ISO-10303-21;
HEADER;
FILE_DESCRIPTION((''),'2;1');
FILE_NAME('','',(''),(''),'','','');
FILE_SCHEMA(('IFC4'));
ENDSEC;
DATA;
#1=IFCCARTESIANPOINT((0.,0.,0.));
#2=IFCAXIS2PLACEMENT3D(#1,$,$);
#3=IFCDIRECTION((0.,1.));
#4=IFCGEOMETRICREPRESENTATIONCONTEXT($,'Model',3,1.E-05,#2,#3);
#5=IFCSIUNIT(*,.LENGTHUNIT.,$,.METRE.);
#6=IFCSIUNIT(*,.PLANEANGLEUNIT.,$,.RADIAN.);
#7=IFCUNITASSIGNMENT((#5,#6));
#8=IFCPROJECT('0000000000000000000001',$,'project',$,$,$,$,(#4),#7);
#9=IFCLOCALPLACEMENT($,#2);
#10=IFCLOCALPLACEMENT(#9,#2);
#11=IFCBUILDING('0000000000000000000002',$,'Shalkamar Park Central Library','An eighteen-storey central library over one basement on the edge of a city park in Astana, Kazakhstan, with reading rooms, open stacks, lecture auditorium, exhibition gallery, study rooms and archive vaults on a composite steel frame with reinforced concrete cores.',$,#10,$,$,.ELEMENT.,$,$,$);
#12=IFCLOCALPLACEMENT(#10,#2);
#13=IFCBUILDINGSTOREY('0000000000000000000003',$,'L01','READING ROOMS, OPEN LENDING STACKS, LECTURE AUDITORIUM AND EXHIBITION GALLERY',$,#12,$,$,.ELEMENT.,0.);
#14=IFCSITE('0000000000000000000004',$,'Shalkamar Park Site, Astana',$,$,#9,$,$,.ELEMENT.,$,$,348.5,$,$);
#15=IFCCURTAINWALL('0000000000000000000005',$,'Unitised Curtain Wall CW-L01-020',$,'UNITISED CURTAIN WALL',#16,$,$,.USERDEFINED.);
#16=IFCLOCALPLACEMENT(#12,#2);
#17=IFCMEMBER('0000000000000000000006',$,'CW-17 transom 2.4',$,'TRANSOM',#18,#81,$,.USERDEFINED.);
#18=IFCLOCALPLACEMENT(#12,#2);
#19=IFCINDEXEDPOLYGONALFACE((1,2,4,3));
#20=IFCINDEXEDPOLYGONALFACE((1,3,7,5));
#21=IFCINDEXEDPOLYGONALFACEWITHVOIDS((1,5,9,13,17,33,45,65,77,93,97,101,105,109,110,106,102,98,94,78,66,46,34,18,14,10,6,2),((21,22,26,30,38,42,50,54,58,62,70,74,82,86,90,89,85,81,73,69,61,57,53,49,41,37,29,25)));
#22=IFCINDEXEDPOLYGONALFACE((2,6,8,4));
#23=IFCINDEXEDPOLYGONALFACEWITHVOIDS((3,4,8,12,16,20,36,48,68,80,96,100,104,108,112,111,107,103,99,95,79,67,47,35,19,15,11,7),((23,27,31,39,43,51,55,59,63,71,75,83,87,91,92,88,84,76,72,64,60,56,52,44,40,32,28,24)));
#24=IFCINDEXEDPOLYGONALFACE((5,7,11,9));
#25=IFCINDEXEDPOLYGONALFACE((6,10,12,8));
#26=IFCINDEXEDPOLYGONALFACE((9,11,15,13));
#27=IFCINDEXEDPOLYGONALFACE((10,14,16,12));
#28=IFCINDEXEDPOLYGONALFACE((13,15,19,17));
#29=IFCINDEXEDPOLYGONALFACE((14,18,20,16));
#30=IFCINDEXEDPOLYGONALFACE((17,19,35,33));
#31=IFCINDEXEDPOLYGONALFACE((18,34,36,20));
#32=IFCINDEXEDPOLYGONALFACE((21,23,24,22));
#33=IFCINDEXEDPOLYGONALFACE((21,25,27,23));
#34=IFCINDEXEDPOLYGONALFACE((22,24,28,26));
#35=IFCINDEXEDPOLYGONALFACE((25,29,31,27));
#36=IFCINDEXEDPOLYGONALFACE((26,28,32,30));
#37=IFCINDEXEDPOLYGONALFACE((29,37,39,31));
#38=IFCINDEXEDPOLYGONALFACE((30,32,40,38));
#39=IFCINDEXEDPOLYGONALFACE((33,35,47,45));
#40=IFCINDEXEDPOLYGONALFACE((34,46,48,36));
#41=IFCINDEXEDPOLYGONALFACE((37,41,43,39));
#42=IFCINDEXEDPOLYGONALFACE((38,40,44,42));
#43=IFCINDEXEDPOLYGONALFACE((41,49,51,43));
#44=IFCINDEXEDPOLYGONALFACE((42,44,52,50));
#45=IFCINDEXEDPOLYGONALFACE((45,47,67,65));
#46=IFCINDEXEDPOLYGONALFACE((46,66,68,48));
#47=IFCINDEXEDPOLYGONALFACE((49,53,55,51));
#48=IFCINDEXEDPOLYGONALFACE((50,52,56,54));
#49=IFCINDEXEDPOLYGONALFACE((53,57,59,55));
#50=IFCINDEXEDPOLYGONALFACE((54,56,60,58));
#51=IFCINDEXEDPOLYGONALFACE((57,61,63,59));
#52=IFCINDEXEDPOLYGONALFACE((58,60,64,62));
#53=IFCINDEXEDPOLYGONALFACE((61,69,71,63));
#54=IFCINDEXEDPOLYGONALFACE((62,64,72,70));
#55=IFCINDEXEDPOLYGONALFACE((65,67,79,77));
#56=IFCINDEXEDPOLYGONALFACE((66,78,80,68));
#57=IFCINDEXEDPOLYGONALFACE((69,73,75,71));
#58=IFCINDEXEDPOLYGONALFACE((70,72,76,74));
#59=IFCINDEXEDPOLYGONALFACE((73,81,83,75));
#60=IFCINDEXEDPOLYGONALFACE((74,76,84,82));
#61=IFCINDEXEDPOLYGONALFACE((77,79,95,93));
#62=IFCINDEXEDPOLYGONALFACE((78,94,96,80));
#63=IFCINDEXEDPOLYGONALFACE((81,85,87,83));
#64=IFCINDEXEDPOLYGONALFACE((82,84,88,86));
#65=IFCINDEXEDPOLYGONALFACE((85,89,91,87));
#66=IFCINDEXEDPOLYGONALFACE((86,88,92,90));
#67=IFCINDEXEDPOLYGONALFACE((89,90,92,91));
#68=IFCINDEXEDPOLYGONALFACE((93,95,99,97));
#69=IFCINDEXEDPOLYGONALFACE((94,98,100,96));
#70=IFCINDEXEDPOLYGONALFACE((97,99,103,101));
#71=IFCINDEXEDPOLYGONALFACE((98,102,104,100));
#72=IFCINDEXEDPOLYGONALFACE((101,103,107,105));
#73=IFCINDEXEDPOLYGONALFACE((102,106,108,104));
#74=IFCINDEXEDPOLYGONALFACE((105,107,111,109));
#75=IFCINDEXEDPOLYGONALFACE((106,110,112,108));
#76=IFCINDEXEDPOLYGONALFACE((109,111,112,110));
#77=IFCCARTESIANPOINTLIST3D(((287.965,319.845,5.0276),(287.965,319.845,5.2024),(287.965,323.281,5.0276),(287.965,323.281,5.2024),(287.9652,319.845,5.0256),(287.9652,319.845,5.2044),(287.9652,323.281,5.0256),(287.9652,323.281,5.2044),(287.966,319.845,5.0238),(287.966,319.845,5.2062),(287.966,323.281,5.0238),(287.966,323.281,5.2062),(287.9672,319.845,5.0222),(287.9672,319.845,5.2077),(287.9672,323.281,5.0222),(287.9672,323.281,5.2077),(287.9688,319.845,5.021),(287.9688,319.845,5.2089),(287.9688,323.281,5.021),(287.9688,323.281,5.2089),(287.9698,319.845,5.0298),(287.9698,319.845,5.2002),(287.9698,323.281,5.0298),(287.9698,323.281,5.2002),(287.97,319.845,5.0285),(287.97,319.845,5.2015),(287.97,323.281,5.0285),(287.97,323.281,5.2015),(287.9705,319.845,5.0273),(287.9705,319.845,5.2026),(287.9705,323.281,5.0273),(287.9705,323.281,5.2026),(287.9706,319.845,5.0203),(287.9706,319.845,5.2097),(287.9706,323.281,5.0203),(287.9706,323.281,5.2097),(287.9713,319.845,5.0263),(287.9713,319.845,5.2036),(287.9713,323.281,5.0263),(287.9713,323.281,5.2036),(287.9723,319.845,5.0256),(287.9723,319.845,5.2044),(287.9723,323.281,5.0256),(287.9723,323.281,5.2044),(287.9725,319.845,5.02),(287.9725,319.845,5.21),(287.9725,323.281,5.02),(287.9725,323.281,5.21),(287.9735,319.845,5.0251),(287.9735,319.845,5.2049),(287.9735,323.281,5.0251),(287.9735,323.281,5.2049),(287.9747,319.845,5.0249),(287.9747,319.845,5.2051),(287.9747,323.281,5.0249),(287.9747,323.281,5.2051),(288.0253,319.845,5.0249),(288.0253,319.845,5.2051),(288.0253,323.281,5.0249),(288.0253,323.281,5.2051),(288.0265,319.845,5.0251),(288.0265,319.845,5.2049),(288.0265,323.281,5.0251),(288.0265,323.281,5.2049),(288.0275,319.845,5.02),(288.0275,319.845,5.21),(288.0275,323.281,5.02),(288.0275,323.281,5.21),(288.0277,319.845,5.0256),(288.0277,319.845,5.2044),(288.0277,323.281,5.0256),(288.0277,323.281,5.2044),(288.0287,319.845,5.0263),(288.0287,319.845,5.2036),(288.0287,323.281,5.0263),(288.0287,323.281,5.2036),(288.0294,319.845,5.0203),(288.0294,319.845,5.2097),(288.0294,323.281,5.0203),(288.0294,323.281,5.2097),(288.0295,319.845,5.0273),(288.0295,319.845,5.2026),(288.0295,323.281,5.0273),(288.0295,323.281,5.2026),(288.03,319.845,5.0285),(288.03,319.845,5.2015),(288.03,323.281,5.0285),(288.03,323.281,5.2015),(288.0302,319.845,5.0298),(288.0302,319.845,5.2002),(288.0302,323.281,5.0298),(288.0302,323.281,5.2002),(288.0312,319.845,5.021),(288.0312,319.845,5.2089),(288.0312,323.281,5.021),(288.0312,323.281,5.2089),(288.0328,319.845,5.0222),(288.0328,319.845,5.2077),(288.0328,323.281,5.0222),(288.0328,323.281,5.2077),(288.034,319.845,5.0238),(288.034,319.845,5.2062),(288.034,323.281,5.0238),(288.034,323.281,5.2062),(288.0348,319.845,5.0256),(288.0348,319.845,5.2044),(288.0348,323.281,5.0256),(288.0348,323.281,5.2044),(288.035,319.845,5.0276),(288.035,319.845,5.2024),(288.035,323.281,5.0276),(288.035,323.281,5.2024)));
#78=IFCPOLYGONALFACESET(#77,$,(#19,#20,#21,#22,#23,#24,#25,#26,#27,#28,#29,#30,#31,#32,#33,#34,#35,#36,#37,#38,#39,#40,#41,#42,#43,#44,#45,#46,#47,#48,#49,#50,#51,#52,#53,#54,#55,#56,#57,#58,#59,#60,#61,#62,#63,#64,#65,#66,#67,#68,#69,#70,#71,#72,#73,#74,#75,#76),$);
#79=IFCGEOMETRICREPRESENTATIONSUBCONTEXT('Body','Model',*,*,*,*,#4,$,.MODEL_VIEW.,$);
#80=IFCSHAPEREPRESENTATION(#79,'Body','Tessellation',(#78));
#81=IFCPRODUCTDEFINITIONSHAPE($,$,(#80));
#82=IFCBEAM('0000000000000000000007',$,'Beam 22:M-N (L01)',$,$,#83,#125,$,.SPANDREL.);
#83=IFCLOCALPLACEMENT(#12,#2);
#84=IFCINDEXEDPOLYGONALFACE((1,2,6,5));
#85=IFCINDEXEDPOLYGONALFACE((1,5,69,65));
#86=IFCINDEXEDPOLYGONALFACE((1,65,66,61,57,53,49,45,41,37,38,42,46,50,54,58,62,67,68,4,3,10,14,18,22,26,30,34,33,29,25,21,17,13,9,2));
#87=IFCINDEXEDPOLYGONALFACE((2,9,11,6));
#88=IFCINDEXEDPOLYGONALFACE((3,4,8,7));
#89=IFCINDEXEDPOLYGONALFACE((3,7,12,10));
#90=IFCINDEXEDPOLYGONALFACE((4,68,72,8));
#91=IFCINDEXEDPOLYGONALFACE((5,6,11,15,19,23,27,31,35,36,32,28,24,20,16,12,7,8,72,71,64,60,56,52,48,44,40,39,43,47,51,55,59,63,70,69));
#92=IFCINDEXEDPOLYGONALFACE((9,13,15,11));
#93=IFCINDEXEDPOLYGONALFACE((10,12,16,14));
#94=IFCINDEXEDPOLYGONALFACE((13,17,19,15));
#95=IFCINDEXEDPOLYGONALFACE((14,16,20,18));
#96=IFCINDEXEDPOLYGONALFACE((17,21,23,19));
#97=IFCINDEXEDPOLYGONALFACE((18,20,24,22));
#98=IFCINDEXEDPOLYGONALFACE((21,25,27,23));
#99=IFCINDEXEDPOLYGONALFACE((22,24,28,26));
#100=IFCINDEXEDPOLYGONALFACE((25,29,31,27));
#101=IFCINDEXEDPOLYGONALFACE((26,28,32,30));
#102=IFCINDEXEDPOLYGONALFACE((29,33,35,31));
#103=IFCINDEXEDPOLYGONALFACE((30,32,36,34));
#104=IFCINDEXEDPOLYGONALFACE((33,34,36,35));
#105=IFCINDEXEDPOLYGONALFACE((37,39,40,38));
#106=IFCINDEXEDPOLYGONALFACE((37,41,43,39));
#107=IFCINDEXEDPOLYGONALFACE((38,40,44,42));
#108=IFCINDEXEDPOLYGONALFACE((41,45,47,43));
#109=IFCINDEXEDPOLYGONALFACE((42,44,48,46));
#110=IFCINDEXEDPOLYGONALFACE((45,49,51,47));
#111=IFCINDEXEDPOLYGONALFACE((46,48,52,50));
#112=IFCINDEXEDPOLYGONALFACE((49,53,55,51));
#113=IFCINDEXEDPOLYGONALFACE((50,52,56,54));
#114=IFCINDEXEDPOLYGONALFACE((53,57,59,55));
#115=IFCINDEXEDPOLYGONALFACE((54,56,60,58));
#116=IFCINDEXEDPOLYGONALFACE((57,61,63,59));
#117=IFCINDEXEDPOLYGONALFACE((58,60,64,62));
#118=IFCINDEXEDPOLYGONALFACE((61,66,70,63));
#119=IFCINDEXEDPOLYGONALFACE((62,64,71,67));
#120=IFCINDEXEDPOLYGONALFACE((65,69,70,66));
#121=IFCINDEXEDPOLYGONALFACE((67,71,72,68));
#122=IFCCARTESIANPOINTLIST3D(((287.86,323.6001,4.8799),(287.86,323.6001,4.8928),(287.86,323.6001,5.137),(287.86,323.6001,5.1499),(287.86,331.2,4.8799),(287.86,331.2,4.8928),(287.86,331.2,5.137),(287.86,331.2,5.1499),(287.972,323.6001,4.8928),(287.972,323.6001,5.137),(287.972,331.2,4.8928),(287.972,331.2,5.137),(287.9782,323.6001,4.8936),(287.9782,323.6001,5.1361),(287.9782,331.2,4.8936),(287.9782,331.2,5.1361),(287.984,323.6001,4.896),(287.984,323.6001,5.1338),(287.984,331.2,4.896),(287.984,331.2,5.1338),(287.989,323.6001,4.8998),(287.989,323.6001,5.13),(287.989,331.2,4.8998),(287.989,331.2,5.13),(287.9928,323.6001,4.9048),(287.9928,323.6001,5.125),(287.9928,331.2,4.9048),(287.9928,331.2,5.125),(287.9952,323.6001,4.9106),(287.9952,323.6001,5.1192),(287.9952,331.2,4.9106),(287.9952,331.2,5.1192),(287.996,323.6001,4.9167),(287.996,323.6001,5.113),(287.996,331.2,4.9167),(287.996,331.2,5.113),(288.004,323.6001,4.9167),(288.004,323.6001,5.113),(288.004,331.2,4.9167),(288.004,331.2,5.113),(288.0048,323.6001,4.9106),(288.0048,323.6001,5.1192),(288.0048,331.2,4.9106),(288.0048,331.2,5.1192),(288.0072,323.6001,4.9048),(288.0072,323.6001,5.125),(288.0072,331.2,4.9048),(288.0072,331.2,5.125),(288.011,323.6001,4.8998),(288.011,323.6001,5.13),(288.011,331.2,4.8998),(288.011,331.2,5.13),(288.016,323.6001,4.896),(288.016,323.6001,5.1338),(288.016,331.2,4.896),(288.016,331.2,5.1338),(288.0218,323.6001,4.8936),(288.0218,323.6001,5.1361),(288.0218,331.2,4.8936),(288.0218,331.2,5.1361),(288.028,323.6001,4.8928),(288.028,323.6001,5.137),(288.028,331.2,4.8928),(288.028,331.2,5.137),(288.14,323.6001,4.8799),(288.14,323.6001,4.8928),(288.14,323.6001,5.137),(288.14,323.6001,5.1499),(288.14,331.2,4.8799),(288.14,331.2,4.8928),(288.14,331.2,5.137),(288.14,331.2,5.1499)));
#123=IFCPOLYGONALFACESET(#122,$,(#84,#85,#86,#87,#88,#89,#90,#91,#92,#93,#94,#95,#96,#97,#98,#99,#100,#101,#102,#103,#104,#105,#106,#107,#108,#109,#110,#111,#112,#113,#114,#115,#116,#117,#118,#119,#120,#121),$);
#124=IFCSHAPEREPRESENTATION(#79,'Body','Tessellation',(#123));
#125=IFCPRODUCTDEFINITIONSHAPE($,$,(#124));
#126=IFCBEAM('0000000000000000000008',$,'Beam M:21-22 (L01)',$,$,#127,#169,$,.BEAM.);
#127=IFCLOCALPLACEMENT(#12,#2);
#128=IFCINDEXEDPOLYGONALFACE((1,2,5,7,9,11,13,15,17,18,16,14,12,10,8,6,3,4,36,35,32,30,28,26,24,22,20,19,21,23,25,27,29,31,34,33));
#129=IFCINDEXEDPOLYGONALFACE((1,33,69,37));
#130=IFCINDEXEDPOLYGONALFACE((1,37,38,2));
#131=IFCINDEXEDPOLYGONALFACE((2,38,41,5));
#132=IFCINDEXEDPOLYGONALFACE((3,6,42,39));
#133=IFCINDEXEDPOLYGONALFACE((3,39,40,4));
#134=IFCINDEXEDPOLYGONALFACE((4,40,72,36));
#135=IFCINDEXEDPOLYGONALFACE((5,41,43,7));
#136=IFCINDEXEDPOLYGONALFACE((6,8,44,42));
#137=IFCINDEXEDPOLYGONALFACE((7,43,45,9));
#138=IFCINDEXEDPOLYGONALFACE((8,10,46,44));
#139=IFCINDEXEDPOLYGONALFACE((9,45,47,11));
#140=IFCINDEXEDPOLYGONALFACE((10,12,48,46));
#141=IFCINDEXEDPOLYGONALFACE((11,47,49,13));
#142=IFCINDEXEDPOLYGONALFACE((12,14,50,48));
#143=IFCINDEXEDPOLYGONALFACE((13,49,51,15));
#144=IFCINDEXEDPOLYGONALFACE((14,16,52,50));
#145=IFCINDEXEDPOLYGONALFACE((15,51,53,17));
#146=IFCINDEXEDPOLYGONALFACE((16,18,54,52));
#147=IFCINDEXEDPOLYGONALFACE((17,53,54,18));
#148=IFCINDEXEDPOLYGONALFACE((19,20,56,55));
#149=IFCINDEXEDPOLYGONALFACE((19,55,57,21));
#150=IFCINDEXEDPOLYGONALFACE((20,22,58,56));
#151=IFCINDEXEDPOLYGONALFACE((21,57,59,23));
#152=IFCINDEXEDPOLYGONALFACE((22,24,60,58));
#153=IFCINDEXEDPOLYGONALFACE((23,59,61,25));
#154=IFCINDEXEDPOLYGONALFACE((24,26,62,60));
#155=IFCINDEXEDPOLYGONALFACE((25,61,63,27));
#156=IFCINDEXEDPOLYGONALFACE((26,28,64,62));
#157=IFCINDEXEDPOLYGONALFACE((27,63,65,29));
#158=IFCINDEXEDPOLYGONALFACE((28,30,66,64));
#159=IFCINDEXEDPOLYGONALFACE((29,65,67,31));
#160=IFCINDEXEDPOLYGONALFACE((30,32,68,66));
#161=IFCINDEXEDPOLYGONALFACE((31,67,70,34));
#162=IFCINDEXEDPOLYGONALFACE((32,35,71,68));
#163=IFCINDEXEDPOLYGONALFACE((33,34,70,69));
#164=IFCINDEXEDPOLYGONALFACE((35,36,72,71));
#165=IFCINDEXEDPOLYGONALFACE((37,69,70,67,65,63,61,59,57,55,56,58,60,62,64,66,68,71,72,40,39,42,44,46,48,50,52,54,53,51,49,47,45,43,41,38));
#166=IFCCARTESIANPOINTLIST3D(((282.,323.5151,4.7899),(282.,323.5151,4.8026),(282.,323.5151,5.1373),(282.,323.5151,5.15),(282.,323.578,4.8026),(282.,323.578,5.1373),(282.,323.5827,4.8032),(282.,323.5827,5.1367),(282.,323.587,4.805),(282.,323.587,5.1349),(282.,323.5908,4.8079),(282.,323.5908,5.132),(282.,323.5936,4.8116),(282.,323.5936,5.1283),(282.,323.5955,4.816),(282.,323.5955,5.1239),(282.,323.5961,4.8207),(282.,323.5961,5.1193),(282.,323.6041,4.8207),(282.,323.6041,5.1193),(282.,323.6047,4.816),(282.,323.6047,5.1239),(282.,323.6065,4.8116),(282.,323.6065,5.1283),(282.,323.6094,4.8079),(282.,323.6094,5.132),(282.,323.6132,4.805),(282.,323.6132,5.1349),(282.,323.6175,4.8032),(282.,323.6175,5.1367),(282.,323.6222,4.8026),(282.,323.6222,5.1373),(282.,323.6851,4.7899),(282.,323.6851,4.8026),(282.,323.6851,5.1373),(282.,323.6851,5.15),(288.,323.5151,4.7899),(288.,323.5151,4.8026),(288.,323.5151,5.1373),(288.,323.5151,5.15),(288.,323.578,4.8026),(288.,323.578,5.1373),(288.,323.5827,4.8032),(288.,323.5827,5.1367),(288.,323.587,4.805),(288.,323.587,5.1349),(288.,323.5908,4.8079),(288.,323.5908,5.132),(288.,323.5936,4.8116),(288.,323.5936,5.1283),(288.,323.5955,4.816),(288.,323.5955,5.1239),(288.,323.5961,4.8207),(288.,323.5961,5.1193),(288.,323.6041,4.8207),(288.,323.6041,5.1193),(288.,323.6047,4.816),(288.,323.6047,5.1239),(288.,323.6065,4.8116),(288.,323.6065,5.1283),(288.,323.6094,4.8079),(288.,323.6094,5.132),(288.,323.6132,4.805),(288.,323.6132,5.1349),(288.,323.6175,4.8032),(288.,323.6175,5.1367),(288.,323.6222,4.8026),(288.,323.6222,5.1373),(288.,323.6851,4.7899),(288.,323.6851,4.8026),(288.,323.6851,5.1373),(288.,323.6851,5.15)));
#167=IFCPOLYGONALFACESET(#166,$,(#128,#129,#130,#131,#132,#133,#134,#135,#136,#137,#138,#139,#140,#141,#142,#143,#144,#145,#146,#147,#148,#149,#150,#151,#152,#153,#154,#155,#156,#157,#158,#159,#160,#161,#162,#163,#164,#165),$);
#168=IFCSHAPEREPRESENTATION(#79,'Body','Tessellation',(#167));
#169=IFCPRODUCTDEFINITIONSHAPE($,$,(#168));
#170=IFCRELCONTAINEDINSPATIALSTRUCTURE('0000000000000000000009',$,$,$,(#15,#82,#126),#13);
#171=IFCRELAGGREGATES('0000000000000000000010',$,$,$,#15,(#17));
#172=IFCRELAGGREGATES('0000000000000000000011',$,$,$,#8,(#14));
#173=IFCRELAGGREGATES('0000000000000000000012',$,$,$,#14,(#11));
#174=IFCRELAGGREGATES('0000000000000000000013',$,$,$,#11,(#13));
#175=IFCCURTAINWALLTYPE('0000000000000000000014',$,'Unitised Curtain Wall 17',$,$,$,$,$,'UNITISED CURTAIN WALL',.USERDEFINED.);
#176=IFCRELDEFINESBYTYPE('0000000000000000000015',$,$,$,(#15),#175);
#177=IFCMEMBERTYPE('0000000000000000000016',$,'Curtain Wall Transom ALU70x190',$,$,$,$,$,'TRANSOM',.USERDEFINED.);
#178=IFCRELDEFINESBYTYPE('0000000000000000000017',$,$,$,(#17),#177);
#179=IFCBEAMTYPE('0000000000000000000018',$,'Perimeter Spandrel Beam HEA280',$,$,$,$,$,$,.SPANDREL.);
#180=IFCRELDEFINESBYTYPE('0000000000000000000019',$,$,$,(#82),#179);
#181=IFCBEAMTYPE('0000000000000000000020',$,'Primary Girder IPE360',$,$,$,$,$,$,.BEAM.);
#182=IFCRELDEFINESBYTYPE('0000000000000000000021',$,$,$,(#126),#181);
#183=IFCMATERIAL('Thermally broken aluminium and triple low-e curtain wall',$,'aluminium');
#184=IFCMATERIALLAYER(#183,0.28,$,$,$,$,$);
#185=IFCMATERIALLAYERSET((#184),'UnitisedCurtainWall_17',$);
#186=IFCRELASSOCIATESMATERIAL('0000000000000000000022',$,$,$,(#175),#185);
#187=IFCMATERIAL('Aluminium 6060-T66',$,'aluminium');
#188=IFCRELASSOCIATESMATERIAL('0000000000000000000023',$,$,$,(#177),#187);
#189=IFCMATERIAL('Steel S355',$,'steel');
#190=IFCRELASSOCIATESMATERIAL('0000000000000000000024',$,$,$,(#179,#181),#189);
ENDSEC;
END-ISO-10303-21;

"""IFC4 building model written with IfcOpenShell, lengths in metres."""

from ifc_helpers import new_model, si_unit, direction, frame, origin, origin_2d, place, context, subcontext, project, spatial, hollow_rectangle, i_section, extrude, material, layer, layer_set, material_profile, profile_set, type_object, element, aggregate, save


model = new_model("IFC4")

# Units and contexts
model_context = context("Model", 3, precision=1e-05, world=origin(), true_north=direction((0.0, 1.0)))
body_context = subcontext(model_context, "Body", "Model", "MODEL_VIEW")
ifc_project = project(units=[si_unit("LENGTHUNIT", "METRE"), si_unit("PLANEANGLEUNIT", "RADIAN")], contexts=[model_context])

# Site, building, storey
site_placement = place(None, origin())
site = spatial("IfcSite", under=ifc_project, at=site_placement, Name="Shalkamar Park Site, Astana", CompositionType="ELEMENT", RefElevation=348.5)
building_placement = place(site_placement, origin())
building = spatial("IfcBuilding", under=site, at=building_placement, Name="Shalkamar Park Central Library", Description="An eighteen-storey central library over one basement on the edge of a city park in Astana, Kazakhstan, with reading rooms, open stacks, lecture auditorium, exhibition gallery, study rooms and archive vaults on a composite steel frame with reinforced concrete cores.", CompositionType="ELEMENT")
storey_placement = place(building_placement, origin())
storey = spatial("IfcBuildingStorey", under=building, at=storey_placement, Name="L01", Description="READING ROOMS, OPEN LENDING STACKS, LECTURE AUDITORIUM AND EXHIBITION GALLERY", CompositionType="ELEMENT", Elevation=0.0)

# Shared definitions
ifc_material_1 = material(Name="Steel S355", Category="steel")

# Curtain wall, member
ifc_material_2 = material(Name="Thermally broken aluminium and triple low-e curtain wall", Category="aluminium")
ifc_layer_1 = layer(ifc_material_2, 0.28)
ifc_layer_set_1 = layer_set([ifc_layer_1], Name="UnitisedCurtainWall_17")
curtain_wall_type = type_object("IfcCurtainWallType", Name="Unitised Curtain Wall 17", ElementType="UNITISED CURTAIN WALL", PredefinedType="USERDEFINED", material=ifc_layer_set_1)
curtain_wall_placement = place(storey_placement, origin())
curtain_wall = element("IfcCurtainWall", 1, at=curtain_wall_placement, inside=storey, type_object=curtain_wall_type, Name="Unitised Curtain Wall CW-L01-020", ObjectType="UNITISED CURTAIN WALL", PredefinedType="USERDEFINED")
ifc_material_3 = material(Name="Aluminium 6060-T66", Category="aluminium")
ifc_material_profile_1 = material_profile(ifc_material_3, hollow_rectangle(XDim=0.0701, YDim=0.1899, WallThickness=0.0049, InnerFilletRadius=0.0049, OuterFilletRadius=0.0076, at=origin_2d()), Name="ALU 70x190x5")
ifc_profile_set_1 = profile_set([ifc_material_profile_1], Name="Aluminium 6060-T66")
member_type_1 = type_object("IfcMemberType", Name="Curtain Wall Transom ALU70x190", ElementType="TRANSOM", PredefinedType="USERDEFINED", material=ifc_profile_set_1)
member_1_placement = place(storey_placement, frame((288.0, 319.845, 5.115), z_axis=(0.0, 1.0, 0.0), x_axis=(-1.0, 0.0, 0.0)))
member_1 = element("IfcMember", 2, at=member_1_placement, type_object=member_type_1, Name="CW-17 transom 2.4", ObjectType="TRANSOM", PredefinedType="USERDEFINED", context=body_context, shape_type="SweptSolid", body=[
    extrude(hollow_rectangle(XDim=0.0701, YDim=0.1899, WallThickness=0.0049, InnerFilletRadius=0.0049, OuterFilletRadius=0.0076, at=origin_2d()), origin(), (0.0, 0.0, 1.0), 3.436),
])

# Beams
ifc_material_profile_2 = material_profile(ifc_material_1, i_section(OverallWidth=0.28, OverallDepth=0.27, WebThickness=0.0081, FlangeThickness=0.0129, FilletRadius=0.0239, at=origin_2d()), Name="HEA 280")
ifc_profile_set_2 = profile_set([ifc_material_profile_2], Name="Steel S355")
beam_type_1 = type_object("IfcBeamType", Name="Perimeter Spandrel Beam HEA280", PredefinedType="SPANDREL", material=ifc_profile_set_2)
beam_1_placement = place(storey_placement, frame((288.0, 323.6001, 5.0149), z_axis=(0.0, 1.0, 0.0), x_axis=(-1.0, 0.0, 0.0)))
element("IfcBeam", 3, at=beam_1_placement, inside=storey, type_object=beam_type_1, Name="Beam 22:M-N (L01)", PredefinedType="SPANDREL", context=body_context, shape_type="SweptSolid", body=[
    extrude(i_section(OverallWidth=0.28, OverallDepth=0.27, WebThickness=0.0081, FlangeThickness=0.0129, FilletRadius=0.0239, at=origin_2d()), origin(), (0.0, 0.0, 1.0), 7.5999),
])
ifc_material_profile_3 = material_profile(ifc_material_1, i_section(OverallWidth=0.1699, OverallDepth=0.3601, WebThickness=0.0081, FlangeThickness=0.0127, FilletRadius=0.0181, at=origin_2d()), Name="IPE 360")
ifc_profile_set_3 = profile_set([ifc_material_profile_3], Name="Steel S355")
beam_type_2 = type_object("IfcBeamType", Name="Primary Girder IPE360", PredefinedType="BEAM", material=ifc_profile_set_3)
beam_2_placement = place(storey_placement, frame((282.0, 323.6001, 4.97), z_axis=(1.0, 0.0, 0.0), x_axis=(0.0, 1.0, 0.0)))
element("IfcBeam", 4, at=beam_2_placement, inside=storey, type_object=beam_type_2, Name="Beam M:21-22 (L01)", PredefinedType="BEAM", context=body_context, shape_type="SweptSolid", body=[
    extrude(i_section(OverallWidth=0.1699, OverallDepth=0.3601, WebThickness=0.0081, FlangeThickness=0.0127, FilletRadius=0.0181, at=origin_2d()), origin(), (0.0, 0.0, 1.0), 6.0),
])

aggregate(curtain_wall, [member_1])

save(model, "model.ifc")
